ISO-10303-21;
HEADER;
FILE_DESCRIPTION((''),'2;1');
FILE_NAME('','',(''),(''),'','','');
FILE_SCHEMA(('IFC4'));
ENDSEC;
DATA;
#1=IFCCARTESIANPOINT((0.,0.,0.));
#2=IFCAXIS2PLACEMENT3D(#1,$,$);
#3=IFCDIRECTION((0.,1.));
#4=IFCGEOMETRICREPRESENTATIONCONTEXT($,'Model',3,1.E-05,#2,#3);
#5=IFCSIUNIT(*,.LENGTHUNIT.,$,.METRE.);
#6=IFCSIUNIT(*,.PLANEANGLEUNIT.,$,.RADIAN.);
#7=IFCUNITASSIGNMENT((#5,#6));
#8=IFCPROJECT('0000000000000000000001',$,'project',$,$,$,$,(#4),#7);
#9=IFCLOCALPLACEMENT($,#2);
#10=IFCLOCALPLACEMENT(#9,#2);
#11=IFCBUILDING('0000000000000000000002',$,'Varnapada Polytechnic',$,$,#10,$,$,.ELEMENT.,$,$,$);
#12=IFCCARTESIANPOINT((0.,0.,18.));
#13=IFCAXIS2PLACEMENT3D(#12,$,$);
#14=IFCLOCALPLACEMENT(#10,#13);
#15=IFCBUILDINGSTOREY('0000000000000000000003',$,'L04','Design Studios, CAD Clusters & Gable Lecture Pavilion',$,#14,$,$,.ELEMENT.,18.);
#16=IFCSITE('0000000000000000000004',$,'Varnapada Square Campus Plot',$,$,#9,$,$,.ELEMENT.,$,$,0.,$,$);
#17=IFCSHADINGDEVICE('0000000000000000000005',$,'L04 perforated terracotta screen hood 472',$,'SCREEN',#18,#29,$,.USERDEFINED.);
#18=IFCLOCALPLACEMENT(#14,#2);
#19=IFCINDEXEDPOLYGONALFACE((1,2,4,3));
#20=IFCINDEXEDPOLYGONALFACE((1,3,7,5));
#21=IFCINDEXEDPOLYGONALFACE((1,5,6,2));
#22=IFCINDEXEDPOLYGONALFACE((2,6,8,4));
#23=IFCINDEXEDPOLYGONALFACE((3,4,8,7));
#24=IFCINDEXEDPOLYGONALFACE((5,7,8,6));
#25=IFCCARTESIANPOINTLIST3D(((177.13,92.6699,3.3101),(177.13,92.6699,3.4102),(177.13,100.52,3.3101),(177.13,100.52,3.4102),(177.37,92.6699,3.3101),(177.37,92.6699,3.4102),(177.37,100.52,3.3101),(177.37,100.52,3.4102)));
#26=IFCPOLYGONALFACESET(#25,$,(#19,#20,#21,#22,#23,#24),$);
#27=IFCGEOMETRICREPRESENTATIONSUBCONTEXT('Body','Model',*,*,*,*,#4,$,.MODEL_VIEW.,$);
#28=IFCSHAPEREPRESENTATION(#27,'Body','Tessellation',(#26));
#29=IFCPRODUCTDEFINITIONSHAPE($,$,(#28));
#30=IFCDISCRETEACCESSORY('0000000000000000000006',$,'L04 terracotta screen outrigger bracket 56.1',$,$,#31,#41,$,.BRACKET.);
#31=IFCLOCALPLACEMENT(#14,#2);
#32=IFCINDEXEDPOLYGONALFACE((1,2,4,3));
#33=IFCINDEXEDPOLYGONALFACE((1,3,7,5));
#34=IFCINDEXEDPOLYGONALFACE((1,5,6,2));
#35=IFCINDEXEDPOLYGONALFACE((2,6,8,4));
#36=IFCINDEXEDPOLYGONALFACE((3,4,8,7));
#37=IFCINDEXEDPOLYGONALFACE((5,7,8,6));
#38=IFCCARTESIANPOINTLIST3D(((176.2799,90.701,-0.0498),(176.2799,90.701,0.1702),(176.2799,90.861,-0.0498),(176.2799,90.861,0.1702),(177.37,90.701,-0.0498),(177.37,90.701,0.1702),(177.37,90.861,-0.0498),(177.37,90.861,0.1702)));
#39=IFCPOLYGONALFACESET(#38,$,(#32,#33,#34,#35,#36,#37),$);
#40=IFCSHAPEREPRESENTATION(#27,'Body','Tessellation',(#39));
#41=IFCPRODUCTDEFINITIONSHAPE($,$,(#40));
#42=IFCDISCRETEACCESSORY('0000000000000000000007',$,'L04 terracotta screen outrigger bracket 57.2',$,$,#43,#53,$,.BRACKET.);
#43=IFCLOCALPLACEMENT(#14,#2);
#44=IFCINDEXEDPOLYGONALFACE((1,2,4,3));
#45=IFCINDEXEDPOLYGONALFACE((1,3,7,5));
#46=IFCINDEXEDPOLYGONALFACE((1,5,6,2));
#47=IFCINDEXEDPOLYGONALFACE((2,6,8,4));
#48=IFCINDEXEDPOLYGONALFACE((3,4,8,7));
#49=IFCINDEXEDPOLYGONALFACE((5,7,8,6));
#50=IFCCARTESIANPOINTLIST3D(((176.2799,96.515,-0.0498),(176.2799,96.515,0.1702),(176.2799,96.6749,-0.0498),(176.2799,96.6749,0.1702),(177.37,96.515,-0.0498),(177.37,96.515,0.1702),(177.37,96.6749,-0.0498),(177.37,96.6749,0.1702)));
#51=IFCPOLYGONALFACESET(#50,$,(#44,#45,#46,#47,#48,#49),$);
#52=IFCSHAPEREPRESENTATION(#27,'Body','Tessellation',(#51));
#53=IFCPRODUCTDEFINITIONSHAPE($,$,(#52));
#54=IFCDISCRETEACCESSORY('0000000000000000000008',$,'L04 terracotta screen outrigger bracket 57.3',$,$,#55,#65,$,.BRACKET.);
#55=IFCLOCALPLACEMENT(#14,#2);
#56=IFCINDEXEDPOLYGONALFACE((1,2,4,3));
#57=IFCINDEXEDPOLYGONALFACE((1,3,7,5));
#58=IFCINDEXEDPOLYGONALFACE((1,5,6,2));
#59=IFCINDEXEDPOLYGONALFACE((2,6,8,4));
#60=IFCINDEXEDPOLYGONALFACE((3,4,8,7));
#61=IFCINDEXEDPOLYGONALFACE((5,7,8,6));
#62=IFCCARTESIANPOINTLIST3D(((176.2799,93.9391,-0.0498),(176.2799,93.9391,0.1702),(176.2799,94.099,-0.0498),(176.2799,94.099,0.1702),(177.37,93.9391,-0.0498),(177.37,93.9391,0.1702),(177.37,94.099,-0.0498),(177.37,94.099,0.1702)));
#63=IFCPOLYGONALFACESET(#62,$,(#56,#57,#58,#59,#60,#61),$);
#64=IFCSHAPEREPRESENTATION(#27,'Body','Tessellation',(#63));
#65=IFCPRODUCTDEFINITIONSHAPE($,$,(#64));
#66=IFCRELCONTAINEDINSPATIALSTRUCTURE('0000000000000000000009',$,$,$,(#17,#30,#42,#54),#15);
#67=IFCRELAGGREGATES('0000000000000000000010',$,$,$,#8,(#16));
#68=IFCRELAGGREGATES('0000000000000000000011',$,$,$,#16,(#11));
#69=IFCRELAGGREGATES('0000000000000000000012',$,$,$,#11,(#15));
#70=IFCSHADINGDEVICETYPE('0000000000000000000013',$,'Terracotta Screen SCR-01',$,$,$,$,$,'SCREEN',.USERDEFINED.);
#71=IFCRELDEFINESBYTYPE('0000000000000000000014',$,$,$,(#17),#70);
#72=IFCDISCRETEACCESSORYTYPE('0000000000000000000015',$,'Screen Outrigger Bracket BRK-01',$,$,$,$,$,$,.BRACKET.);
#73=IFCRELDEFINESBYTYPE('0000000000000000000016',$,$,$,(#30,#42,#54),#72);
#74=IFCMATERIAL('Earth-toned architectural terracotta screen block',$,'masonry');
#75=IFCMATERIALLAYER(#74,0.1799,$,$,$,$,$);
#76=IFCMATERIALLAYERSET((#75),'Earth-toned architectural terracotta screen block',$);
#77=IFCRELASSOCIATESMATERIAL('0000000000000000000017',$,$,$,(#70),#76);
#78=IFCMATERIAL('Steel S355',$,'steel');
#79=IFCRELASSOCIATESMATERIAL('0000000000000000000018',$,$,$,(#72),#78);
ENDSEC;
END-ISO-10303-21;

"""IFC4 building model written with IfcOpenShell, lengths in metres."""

from ifc_helpers import new_model, si_unit, direction, frame, origin, origin_2d, place, context, subcontext, project, spatial, rectangle, extrude, material, layer, layer_set, type_object, element, save


model = new_model("IFC4")

# Units and contexts
model_context = context("Model", 3, precision=1e-05, world=origin(), true_north=direction((0.0, 1.0)))
body_context = subcontext(model_context, "Body", "Model", "MODEL_VIEW")
ifc_project = project(units=[si_unit("LENGTHUNIT", "METRE"), si_unit("PLANEANGLEUNIT", "RADIAN")], contexts=[model_context])

# Site, building, storey
site_placement = place(None, origin())
site = spatial("IfcSite", under=ifc_project, at=site_placement, Name="Varnapada Square Campus Plot", CompositionType="ELEMENT", RefElevation=0.0)
building_placement = place(site_placement, origin())
building = spatial("IfcBuilding", under=site, at=building_placement, Name="Varnapada Polytechnic", CompositionType="ELEMENT")
storey_placement = place(building_placement, frame((0.0, 0.0, 18.0)))
storey = spatial("IfcBuildingStorey", under=building, at=storey_placement, Name="L04", Description="Design Studios, CAD Clusters & Gable Lecture Pavilion", CompositionType="ELEMENT", Elevation=18.0)

# Shared definitions
ifc_material_1 = material(Name="Earth-toned architectural terracotta screen block", Category="masonry")

# Shading device
ifc_layer_1 = layer(ifc_material_1, 0.1799)
ifc_layer_set_1 = layer_set([ifc_layer_1], Name="Earth-toned architectural terracotta screen block")
shading_device_type = type_object("IfcShadingDeviceType", Name="Terracotta Screen SCR-01", ElementType="SCREEN", PredefinedType="USERDEFINED", material=ifc_layer_set_1)
for number, where, z_axis, x_axis, name in (
    (1, (177.25, 96.595, 3.3101), (0.0, 0.0, 1.0), (0.0, -1.0, 0.0), "L04 perforated terracotta screen hood 472"),
):
    element("IfcShadingDevice", number, at=place(storey_placement, frame(where, z_axis=z_axis, x_axis=x_axis)), inside=storey, type_object=shading_device_type, Name=name, ObjectType="SCREEN", PredefinedType="USERDEFINED", context=body_context, shape_type="SweptSolid", body=[
        extrude(rectangle(XDim=7.8501, YDim=0.24, at=origin_2d()), origin(), (0.0, 0.0, 1.0), 0.1001),
    ])

# Discrete accessories
ifc_material_2 = material(Name="Steel S355", Category="steel")
discrete_accessory_type = type_object("IfcDiscreteAccessoryType", Name="Screen Outrigger Bracket BRK-01", PredefinedType="BRACKET", material=ifc_material_2)
for number, where, z_axis, x_axis, name in (
    (2, (176.825, 90.781, -0.0498), (0.0, 0.0, 1.0), (0.0, -1.0, 0.0), "L04 terracotta screen outrigger bracket 56.1"),
    (3, (176.825, 96.595, -0.0498), (0.0, 0.0, 1.0), (0.0, -1.0, 0.0), "L04 terracotta screen outrigger bracket 57.2"),
    (4, (176.825, 94.019, -0.0498), (0.0, 0.0, 1.0), (0.0, -1.0, 0.0), "L04 terracotta screen outrigger bracket 57.3"),
):
    element("IfcDiscreteAccessory", number, at=place(storey_placement, frame(where, z_axis=z_axis, x_axis=x_axis)), inside=storey, type_object=discrete_accessory_type, Name=name, PredefinedType="BRACKET", context=body_context, shape_type="SweptSolid", body=[
        extrude(rectangle(XDim=0.1599, YDim=1.0901, at=origin_2d()), origin(), (0.0, 0.0, 1.0), 0.22),
    ])

save(model, "model.ifc")
